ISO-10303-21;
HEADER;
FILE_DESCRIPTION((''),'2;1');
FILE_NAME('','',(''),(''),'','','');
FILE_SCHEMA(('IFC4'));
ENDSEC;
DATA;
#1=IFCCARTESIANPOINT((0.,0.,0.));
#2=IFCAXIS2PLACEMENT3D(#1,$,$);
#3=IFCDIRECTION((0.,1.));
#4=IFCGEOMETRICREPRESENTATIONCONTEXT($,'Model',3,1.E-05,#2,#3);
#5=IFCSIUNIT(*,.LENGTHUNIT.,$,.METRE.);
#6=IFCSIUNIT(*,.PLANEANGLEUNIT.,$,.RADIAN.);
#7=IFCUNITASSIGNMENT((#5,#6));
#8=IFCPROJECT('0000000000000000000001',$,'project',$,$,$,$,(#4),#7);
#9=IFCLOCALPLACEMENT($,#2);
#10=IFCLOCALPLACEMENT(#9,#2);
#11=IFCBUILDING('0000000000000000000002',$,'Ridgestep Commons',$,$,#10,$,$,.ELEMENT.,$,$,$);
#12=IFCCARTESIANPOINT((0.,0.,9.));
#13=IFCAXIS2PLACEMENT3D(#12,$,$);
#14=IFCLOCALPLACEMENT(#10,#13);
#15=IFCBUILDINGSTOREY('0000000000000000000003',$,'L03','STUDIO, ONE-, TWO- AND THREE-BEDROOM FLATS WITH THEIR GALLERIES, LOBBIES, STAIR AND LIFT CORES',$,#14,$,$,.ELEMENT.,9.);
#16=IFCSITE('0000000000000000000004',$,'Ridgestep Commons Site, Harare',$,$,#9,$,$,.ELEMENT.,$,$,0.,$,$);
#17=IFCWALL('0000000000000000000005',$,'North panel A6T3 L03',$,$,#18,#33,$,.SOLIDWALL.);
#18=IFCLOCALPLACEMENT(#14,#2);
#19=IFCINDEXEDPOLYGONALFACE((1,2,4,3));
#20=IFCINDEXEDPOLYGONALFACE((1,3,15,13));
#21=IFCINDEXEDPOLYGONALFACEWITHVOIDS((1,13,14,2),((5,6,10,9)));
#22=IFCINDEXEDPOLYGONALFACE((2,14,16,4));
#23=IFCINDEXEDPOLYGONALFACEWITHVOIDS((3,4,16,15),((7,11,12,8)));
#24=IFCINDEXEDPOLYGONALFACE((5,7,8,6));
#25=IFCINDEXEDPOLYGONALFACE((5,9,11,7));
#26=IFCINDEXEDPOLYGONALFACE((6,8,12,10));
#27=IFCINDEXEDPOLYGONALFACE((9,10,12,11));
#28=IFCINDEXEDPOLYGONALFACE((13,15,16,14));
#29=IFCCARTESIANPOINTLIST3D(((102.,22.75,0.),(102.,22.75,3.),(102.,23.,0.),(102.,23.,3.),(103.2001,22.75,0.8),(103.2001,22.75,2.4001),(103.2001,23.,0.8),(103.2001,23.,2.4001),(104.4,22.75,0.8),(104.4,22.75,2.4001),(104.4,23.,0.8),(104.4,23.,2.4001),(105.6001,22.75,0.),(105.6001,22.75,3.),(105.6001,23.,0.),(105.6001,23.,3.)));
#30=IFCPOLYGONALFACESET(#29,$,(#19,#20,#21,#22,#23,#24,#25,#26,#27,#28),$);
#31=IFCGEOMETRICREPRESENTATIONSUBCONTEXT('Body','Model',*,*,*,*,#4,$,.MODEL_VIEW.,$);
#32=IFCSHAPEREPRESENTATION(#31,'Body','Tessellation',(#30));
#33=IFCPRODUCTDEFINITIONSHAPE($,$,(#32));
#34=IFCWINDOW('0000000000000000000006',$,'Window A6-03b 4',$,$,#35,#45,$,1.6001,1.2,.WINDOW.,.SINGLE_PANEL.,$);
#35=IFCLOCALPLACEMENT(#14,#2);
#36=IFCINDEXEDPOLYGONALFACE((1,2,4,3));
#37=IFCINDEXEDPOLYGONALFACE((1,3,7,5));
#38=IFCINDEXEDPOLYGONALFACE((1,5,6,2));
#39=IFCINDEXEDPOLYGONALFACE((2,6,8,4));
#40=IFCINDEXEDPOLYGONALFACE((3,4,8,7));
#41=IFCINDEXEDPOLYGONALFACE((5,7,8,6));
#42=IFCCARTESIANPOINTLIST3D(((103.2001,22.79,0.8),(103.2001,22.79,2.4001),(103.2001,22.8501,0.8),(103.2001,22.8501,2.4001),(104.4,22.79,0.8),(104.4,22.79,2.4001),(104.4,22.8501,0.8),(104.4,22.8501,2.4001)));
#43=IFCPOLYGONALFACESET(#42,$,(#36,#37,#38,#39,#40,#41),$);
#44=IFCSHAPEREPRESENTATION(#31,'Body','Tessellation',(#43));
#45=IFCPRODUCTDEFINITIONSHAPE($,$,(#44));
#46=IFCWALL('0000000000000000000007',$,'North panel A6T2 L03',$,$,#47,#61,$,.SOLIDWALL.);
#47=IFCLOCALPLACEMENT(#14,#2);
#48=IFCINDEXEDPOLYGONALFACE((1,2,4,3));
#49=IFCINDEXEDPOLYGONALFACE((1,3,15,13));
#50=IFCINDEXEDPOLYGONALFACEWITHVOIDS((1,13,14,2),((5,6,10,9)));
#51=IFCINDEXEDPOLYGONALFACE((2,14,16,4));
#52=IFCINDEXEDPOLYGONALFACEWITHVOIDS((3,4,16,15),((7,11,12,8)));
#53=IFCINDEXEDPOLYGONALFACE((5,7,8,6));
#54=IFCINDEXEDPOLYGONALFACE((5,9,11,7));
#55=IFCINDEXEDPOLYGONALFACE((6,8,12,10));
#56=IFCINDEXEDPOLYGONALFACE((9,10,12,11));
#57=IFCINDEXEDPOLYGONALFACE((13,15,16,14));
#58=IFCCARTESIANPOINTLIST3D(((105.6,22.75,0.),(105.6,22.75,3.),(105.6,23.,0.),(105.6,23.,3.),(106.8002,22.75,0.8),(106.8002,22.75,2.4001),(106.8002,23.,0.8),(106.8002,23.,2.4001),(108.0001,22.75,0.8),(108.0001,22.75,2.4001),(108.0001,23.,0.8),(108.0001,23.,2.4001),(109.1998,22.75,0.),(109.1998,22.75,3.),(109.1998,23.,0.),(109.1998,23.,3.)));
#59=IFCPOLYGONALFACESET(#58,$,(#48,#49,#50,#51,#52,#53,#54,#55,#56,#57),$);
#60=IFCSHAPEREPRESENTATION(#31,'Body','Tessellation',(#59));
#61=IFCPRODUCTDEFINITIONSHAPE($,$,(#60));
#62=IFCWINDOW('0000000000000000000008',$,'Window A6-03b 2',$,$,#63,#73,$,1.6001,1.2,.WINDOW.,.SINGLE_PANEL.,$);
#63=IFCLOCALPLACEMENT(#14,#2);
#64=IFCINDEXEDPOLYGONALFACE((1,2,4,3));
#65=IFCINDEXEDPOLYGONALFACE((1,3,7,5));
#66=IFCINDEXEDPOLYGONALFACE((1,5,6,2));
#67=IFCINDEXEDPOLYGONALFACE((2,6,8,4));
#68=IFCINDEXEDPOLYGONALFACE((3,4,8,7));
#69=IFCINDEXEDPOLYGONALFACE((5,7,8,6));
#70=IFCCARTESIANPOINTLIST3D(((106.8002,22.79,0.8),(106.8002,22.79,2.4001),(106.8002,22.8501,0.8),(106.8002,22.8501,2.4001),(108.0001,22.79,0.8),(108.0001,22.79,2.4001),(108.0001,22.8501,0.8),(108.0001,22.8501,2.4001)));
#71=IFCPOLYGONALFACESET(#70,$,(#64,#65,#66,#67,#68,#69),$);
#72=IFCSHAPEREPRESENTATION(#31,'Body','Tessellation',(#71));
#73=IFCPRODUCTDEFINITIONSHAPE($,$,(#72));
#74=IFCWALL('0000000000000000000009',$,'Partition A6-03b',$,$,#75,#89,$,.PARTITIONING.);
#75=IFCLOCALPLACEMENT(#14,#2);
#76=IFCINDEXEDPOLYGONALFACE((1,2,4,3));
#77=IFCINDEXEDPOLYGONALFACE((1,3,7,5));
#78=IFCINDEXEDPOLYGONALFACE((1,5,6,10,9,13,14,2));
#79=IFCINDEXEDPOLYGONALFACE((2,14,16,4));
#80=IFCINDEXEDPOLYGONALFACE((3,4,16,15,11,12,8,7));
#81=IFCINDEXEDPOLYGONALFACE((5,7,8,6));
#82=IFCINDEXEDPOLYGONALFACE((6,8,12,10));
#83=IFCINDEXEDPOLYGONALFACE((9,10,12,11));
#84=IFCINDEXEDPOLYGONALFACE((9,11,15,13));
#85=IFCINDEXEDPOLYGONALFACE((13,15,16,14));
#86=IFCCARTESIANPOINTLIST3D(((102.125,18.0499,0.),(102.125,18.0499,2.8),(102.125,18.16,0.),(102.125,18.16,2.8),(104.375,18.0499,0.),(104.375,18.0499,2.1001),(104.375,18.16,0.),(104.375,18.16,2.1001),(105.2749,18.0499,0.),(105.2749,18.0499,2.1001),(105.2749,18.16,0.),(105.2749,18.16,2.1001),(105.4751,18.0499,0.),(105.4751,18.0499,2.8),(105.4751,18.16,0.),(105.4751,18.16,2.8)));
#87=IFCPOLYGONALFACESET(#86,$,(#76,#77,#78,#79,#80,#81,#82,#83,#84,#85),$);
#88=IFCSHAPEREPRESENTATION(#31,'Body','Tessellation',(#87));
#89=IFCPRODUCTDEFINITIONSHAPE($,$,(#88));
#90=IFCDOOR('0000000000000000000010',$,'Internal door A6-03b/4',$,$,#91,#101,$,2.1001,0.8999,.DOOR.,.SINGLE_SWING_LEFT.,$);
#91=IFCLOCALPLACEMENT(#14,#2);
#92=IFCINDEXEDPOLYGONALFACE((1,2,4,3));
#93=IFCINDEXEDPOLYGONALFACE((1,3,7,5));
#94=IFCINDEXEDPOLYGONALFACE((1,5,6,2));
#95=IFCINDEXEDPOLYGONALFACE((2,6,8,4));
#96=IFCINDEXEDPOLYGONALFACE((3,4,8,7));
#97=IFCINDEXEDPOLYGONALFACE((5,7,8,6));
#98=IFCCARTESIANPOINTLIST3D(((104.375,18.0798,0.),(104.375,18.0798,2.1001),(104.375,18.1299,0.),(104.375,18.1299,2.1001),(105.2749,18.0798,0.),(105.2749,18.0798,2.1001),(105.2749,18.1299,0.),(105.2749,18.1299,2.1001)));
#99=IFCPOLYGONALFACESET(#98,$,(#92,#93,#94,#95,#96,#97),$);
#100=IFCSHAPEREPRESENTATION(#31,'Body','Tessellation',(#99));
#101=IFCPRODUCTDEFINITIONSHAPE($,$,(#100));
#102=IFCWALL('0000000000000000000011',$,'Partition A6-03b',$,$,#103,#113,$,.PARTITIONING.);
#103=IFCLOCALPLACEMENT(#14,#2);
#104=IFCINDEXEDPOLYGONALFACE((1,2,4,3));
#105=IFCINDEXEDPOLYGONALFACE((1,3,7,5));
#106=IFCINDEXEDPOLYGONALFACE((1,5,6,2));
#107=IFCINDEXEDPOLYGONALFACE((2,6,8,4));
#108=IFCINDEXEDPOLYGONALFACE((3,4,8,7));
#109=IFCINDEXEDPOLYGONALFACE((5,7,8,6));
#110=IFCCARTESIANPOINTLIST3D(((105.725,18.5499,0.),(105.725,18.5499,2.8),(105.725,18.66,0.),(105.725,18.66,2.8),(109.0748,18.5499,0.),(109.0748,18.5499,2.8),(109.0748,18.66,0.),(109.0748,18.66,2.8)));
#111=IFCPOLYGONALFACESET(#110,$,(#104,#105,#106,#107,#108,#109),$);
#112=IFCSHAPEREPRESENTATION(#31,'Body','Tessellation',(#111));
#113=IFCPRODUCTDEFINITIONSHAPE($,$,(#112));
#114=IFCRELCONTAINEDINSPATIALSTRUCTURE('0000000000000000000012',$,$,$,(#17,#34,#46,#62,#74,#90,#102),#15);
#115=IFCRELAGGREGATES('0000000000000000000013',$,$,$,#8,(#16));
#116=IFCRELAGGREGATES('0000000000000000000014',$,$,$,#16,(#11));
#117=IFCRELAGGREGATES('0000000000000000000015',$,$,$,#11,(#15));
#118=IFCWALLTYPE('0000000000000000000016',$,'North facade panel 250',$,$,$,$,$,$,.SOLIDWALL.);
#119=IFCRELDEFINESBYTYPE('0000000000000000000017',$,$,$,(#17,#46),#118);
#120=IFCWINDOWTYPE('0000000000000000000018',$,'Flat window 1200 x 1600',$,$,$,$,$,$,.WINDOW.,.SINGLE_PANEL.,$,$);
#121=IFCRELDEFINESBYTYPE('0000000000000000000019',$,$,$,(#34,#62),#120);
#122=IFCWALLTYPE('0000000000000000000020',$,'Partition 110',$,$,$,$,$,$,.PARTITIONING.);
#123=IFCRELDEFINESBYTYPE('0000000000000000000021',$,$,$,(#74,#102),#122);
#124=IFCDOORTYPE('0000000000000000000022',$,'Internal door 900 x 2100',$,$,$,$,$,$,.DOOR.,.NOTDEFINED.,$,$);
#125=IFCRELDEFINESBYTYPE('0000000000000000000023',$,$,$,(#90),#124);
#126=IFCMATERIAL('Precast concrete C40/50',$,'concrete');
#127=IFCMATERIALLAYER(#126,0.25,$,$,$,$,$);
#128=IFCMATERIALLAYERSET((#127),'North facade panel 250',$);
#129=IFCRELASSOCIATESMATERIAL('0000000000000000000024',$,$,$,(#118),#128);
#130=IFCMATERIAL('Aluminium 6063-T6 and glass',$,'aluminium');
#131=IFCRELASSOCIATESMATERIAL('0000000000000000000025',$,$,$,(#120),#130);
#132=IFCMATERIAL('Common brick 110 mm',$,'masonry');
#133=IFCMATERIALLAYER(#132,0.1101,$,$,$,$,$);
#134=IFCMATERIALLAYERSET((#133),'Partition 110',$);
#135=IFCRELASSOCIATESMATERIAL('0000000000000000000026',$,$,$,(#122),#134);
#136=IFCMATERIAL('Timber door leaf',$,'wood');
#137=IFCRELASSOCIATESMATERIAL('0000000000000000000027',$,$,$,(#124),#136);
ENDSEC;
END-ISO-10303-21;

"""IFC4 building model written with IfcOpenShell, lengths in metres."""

from ifc_helpers import new_model, si_unit, direction, frame, frame_2d, origin, place, context, subcontext, project, spatial, rectangle, extrude, material, layer, layer_set, type_object, element, fill, save


model = new_model("IFC4")

# Units and contexts
model_context = context("Model", 3, precision=1e-05, world=origin(), true_north=direction((0.0, 1.0)))
body_context = subcontext(model_context, "Body", "Model", "MODEL_VIEW")
ifc_project = project(units=[si_unit("LENGTHUNIT", "METRE"), si_unit("PLANEANGLEUNIT", "RADIAN")], contexts=[model_context])

# Site, building, storey
site_placement = place(None, origin())
site = spatial("IfcSite", under=ifc_project, at=site_placement, Name="Ridgestep Commons Site, Harare", CompositionType="ELEMENT", RefElevation=0.0)
building_placement = place(site_placement, origin())
building = spatial("IfcBuilding", under=site, at=building_placement, Name="Ridgestep Commons", CompositionType="ELEMENT")
storey_placement = place(building_placement, frame((0.0, 0.0, 9.0)))
storey = spatial("IfcBuildingStorey", under=building, at=storey_placement, Name="L03", Description="STUDIO, ONE-, TWO- AND THREE-BEDROOM FLATS WITH THEIR GALLERIES, LOBBIES, STAIR AND LIFT CORES", CompositionType="ELEMENT", Elevation=9.0)

# Walls, openings, windows
ifc_material_1 = material(Name="Precast concrete C40/50", Category="concrete")
ifc_layer_1 = layer(ifc_material_1, 0.25)
ifc_layer_set_1 = layer_set([ifc_layer_1], Name="North facade panel 250")
wall_type_1 = type_object("IfcWallType", Name="North facade panel 250", PredefinedType="SOLIDWALL", material=ifc_layer_set_1)
wall_1_placement = place(storey_placement, frame((102.0, 22.875, 0.0), z_axis=(0.0, 0.0, 1.0), x_axis=(1.0, 0.0, 0.0)))
wall_1 = element("IfcWall", 1, at=wall_1_placement, inside=storey, type_object=wall_type_1, Name="North panel A6T3 L03", PredefinedType="SOLIDWALL", context=body_context, shape_type="SweptSolid", body=[
    extrude(rectangle(XDim=3.6001, YDim=0.25, at=frame_2d((1.8, 0.0))), origin(), (0.0, 0.0, 1.0), 3.0),
])
opening_1_placement = place(wall_1_placement, frame((1.2, 0.0, 0.8)))
opening_1 = element("IfcOpeningElement", 2, at=opening_1_placement, cuts=wall_1, PredefinedType="OPENING", context=body_context, shape_type="SweptSolid", body=[
    extrude(rectangle(XDim=1.2, YDim=1.6001, at=frame_2d((0.6001, 0.8))), frame((0.0, 0.135, 0.0), z_axis=(0.0, -1.0, 0.0), x_axis=(1.0, 0.0, 0.0)), (0.0, 0.0, 1.0), 0.27),
])
ifc_material_2 = material(Name="Aluminium 6063-T6 and glass", Category="aluminium")
window_type = type_object("IfcWindowType", Name="Flat window 1200 x 1600", PartitioningType="SINGLE_PANEL", PredefinedType="WINDOW", material=ifc_material_2)
window_1_placement = place(opening_1_placement, origin())
window_1 = element("IfcWindow", 3, at=window_1_placement, inside=storey, type_object=window_type, Name="Window A6-03b 4", OverallHeight=1.6001, OverallWidth=1.2, PartitioningType="SINGLE_PANEL", PredefinedType="WINDOW", context=body_context, shape_type="SweptSolid", body=[
    extrude(rectangle(XDim=1.2, YDim=1.6001, at=frame_2d((0.6001, 0.8))), frame((0.0, -0.0249, 0.0), z_axis=(0.0, -1.0, 0.0), x_axis=(1.0, 0.0, 0.0)), (0.0, 0.0, 1.0), 0.0601),
])
fill(opening_1, window_1)
wall_2_placement = place(storey_placement, frame((105.6001, 22.875, 0.0), z_axis=(0.0, 0.0, 1.0), x_axis=(1.0, 0.0, 0.0)))
wall_2 = element("IfcWall", 4, at=wall_2_placement, inside=storey, type_object=wall_type_1, Name="North panel A6T2 L03", PredefinedType="SOLIDWALL", context=body_context, shape_type="SweptSolid", body=[
    extrude(rectangle(XDim=3.5999, YDim=0.25, at=frame_2d((1.7998, 0.0))), origin(), (0.0, 0.0, 1.0), 3.0),
])
opening_2_placement = place(wall_2_placement, frame((1.2, 0.0, 0.8)))
opening_2 = element("IfcOpeningElement", 5, at=opening_2_placement, cuts=wall_2, PredefinedType="OPENING", context=body_context, shape_type="SweptSolid", body=[
    extrude(rectangle(XDim=1.2, YDim=1.6001, at=frame_2d((0.6001, 0.8))), frame((0.0, 0.135, 0.0), z_axis=(0.0, -1.0, 0.0), x_axis=(1.0, 0.0, 0.0)), (0.0, 0.0, 1.0), 0.27),
])
window_2_placement = place(opening_2_placement, origin())
window_2 = element("IfcWindow", 6, at=window_2_placement, inside=storey, type_object=window_type, Name="Window A6-03b 2", OverallHeight=1.6001, OverallWidth=1.2, PartitioningType="SINGLE_PANEL", PredefinedType="WINDOW", context=body_context, shape_type="SweptSolid", body=[
    extrude(rectangle(XDim=1.2, YDim=1.6001, at=frame_2d((0.6001, 0.8))), frame((0.0, -0.0249, 0.0), z_axis=(0.0, -1.0, 0.0), x_axis=(1.0, 0.0, 0.0)), (0.0, 0.0, 1.0), 0.0601),
])
fill(opening_2, window_2)

# Wall, opening, door
ifc_material_3 = material(Name="Common brick 110 mm", Category="masonry")
ifc_layer_2 = layer(ifc_material_3, 0.1101)
ifc_layer_set_2 = layer_set([ifc_layer_2], Name="Partition 110")
wall_type_2 = type_object("IfcWallType", Name="Partition 110", PredefinedType="PARTITIONING", material=ifc_layer_set_2)
wall_3_placement = place(storey_placement, frame((102.125, 18.105, 0.0), z_axis=(0.0, 0.0, 1.0), x_axis=(1.0, 0.0, 0.0)))
wall_3 = element("IfcWall", 7, at=wall_3_placement, inside=storey, type_object=wall_type_2, Name="Partition A6-03b", PredefinedType="PARTITIONING", context=body_context, shape_type="SweptSolid", body=[
    extrude(rectangle(XDim=3.3501, YDim=0.1101, at=frame_2d((1.675, 0.0))), origin(), (0.0, 0.0, 1.0), 2.8),
])
opening_3_placement = place(wall_3_placement, frame((2.25, 0.0, 0.0)))
opening_3 = element("IfcOpeningElement", 8, at=opening_3_placement, cuts=wall_3, PredefinedType="OPENING", context=body_context, shape_type="SweptSolid", body=[
    extrude(rectangle(XDim=0.8999, YDim=2.1001, at=frame_2d((0.45, 1.05))), frame((0.0, 0.0649, 0.0), z_axis=(0.0, -1.0, 0.0), x_axis=(1.0, 0.0, 0.0)), (0.0, 0.0, 1.0), 0.1301),
])
ifc_material_4 = material(Name="Timber door leaf", Category="wood")
door_type = type_object("IfcDoorType", Name="Internal door 900 x 2100", OperationType="NOTDEFINED", PredefinedType="DOOR", material=ifc_material_4)
door_placement = place(opening_3_placement, origin())
door = element("IfcDoor", 9, at=door_placement, inside=storey, type_object=door_type, Name="Internal door A6-03b/4", OperationType="SINGLE_SWING_LEFT", OverallHeight=2.1001, OverallWidth=0.8999, PredefinedType="DOOR", context=body_context, shape_type="SweptSolid", body=[
    extrude(rectangle(XDim=0.8999, YDim=2.1001, at=frame_2d((0.45, 1.05))), frame((0.0, 0.0249, 0.0), z_axis=(0.0, -1.0, 0.0), x_axis=(1.0, 0.0, 0.0)), (0.0, 0.0, 1.0), 0.05),
])
fill(opening_3, door)

# Wall
wall_4_placement = place(storey_placement, frame((105.7251, 18.605, 0.0), z_axis=(0.0, 0.0, 1.0), x_axis=(1.0, 0.0, 0.0)))
element("IfcWall", 10, at=wall_4_placement, inside=storey, type_object=wall_type_2, Name="Partition A6-03b", PredefinedType="PARTITIONING", context=body_context, shape_type="SweptSolid", body=[
    extrude(rectangle(XDim=3.3499, YDim=0.1101, at=frame_2d((1.6748, 0.0))), origin(), (0.0, 0.0, 1.0), 2.8),
])

save(model, "model.ifc")
